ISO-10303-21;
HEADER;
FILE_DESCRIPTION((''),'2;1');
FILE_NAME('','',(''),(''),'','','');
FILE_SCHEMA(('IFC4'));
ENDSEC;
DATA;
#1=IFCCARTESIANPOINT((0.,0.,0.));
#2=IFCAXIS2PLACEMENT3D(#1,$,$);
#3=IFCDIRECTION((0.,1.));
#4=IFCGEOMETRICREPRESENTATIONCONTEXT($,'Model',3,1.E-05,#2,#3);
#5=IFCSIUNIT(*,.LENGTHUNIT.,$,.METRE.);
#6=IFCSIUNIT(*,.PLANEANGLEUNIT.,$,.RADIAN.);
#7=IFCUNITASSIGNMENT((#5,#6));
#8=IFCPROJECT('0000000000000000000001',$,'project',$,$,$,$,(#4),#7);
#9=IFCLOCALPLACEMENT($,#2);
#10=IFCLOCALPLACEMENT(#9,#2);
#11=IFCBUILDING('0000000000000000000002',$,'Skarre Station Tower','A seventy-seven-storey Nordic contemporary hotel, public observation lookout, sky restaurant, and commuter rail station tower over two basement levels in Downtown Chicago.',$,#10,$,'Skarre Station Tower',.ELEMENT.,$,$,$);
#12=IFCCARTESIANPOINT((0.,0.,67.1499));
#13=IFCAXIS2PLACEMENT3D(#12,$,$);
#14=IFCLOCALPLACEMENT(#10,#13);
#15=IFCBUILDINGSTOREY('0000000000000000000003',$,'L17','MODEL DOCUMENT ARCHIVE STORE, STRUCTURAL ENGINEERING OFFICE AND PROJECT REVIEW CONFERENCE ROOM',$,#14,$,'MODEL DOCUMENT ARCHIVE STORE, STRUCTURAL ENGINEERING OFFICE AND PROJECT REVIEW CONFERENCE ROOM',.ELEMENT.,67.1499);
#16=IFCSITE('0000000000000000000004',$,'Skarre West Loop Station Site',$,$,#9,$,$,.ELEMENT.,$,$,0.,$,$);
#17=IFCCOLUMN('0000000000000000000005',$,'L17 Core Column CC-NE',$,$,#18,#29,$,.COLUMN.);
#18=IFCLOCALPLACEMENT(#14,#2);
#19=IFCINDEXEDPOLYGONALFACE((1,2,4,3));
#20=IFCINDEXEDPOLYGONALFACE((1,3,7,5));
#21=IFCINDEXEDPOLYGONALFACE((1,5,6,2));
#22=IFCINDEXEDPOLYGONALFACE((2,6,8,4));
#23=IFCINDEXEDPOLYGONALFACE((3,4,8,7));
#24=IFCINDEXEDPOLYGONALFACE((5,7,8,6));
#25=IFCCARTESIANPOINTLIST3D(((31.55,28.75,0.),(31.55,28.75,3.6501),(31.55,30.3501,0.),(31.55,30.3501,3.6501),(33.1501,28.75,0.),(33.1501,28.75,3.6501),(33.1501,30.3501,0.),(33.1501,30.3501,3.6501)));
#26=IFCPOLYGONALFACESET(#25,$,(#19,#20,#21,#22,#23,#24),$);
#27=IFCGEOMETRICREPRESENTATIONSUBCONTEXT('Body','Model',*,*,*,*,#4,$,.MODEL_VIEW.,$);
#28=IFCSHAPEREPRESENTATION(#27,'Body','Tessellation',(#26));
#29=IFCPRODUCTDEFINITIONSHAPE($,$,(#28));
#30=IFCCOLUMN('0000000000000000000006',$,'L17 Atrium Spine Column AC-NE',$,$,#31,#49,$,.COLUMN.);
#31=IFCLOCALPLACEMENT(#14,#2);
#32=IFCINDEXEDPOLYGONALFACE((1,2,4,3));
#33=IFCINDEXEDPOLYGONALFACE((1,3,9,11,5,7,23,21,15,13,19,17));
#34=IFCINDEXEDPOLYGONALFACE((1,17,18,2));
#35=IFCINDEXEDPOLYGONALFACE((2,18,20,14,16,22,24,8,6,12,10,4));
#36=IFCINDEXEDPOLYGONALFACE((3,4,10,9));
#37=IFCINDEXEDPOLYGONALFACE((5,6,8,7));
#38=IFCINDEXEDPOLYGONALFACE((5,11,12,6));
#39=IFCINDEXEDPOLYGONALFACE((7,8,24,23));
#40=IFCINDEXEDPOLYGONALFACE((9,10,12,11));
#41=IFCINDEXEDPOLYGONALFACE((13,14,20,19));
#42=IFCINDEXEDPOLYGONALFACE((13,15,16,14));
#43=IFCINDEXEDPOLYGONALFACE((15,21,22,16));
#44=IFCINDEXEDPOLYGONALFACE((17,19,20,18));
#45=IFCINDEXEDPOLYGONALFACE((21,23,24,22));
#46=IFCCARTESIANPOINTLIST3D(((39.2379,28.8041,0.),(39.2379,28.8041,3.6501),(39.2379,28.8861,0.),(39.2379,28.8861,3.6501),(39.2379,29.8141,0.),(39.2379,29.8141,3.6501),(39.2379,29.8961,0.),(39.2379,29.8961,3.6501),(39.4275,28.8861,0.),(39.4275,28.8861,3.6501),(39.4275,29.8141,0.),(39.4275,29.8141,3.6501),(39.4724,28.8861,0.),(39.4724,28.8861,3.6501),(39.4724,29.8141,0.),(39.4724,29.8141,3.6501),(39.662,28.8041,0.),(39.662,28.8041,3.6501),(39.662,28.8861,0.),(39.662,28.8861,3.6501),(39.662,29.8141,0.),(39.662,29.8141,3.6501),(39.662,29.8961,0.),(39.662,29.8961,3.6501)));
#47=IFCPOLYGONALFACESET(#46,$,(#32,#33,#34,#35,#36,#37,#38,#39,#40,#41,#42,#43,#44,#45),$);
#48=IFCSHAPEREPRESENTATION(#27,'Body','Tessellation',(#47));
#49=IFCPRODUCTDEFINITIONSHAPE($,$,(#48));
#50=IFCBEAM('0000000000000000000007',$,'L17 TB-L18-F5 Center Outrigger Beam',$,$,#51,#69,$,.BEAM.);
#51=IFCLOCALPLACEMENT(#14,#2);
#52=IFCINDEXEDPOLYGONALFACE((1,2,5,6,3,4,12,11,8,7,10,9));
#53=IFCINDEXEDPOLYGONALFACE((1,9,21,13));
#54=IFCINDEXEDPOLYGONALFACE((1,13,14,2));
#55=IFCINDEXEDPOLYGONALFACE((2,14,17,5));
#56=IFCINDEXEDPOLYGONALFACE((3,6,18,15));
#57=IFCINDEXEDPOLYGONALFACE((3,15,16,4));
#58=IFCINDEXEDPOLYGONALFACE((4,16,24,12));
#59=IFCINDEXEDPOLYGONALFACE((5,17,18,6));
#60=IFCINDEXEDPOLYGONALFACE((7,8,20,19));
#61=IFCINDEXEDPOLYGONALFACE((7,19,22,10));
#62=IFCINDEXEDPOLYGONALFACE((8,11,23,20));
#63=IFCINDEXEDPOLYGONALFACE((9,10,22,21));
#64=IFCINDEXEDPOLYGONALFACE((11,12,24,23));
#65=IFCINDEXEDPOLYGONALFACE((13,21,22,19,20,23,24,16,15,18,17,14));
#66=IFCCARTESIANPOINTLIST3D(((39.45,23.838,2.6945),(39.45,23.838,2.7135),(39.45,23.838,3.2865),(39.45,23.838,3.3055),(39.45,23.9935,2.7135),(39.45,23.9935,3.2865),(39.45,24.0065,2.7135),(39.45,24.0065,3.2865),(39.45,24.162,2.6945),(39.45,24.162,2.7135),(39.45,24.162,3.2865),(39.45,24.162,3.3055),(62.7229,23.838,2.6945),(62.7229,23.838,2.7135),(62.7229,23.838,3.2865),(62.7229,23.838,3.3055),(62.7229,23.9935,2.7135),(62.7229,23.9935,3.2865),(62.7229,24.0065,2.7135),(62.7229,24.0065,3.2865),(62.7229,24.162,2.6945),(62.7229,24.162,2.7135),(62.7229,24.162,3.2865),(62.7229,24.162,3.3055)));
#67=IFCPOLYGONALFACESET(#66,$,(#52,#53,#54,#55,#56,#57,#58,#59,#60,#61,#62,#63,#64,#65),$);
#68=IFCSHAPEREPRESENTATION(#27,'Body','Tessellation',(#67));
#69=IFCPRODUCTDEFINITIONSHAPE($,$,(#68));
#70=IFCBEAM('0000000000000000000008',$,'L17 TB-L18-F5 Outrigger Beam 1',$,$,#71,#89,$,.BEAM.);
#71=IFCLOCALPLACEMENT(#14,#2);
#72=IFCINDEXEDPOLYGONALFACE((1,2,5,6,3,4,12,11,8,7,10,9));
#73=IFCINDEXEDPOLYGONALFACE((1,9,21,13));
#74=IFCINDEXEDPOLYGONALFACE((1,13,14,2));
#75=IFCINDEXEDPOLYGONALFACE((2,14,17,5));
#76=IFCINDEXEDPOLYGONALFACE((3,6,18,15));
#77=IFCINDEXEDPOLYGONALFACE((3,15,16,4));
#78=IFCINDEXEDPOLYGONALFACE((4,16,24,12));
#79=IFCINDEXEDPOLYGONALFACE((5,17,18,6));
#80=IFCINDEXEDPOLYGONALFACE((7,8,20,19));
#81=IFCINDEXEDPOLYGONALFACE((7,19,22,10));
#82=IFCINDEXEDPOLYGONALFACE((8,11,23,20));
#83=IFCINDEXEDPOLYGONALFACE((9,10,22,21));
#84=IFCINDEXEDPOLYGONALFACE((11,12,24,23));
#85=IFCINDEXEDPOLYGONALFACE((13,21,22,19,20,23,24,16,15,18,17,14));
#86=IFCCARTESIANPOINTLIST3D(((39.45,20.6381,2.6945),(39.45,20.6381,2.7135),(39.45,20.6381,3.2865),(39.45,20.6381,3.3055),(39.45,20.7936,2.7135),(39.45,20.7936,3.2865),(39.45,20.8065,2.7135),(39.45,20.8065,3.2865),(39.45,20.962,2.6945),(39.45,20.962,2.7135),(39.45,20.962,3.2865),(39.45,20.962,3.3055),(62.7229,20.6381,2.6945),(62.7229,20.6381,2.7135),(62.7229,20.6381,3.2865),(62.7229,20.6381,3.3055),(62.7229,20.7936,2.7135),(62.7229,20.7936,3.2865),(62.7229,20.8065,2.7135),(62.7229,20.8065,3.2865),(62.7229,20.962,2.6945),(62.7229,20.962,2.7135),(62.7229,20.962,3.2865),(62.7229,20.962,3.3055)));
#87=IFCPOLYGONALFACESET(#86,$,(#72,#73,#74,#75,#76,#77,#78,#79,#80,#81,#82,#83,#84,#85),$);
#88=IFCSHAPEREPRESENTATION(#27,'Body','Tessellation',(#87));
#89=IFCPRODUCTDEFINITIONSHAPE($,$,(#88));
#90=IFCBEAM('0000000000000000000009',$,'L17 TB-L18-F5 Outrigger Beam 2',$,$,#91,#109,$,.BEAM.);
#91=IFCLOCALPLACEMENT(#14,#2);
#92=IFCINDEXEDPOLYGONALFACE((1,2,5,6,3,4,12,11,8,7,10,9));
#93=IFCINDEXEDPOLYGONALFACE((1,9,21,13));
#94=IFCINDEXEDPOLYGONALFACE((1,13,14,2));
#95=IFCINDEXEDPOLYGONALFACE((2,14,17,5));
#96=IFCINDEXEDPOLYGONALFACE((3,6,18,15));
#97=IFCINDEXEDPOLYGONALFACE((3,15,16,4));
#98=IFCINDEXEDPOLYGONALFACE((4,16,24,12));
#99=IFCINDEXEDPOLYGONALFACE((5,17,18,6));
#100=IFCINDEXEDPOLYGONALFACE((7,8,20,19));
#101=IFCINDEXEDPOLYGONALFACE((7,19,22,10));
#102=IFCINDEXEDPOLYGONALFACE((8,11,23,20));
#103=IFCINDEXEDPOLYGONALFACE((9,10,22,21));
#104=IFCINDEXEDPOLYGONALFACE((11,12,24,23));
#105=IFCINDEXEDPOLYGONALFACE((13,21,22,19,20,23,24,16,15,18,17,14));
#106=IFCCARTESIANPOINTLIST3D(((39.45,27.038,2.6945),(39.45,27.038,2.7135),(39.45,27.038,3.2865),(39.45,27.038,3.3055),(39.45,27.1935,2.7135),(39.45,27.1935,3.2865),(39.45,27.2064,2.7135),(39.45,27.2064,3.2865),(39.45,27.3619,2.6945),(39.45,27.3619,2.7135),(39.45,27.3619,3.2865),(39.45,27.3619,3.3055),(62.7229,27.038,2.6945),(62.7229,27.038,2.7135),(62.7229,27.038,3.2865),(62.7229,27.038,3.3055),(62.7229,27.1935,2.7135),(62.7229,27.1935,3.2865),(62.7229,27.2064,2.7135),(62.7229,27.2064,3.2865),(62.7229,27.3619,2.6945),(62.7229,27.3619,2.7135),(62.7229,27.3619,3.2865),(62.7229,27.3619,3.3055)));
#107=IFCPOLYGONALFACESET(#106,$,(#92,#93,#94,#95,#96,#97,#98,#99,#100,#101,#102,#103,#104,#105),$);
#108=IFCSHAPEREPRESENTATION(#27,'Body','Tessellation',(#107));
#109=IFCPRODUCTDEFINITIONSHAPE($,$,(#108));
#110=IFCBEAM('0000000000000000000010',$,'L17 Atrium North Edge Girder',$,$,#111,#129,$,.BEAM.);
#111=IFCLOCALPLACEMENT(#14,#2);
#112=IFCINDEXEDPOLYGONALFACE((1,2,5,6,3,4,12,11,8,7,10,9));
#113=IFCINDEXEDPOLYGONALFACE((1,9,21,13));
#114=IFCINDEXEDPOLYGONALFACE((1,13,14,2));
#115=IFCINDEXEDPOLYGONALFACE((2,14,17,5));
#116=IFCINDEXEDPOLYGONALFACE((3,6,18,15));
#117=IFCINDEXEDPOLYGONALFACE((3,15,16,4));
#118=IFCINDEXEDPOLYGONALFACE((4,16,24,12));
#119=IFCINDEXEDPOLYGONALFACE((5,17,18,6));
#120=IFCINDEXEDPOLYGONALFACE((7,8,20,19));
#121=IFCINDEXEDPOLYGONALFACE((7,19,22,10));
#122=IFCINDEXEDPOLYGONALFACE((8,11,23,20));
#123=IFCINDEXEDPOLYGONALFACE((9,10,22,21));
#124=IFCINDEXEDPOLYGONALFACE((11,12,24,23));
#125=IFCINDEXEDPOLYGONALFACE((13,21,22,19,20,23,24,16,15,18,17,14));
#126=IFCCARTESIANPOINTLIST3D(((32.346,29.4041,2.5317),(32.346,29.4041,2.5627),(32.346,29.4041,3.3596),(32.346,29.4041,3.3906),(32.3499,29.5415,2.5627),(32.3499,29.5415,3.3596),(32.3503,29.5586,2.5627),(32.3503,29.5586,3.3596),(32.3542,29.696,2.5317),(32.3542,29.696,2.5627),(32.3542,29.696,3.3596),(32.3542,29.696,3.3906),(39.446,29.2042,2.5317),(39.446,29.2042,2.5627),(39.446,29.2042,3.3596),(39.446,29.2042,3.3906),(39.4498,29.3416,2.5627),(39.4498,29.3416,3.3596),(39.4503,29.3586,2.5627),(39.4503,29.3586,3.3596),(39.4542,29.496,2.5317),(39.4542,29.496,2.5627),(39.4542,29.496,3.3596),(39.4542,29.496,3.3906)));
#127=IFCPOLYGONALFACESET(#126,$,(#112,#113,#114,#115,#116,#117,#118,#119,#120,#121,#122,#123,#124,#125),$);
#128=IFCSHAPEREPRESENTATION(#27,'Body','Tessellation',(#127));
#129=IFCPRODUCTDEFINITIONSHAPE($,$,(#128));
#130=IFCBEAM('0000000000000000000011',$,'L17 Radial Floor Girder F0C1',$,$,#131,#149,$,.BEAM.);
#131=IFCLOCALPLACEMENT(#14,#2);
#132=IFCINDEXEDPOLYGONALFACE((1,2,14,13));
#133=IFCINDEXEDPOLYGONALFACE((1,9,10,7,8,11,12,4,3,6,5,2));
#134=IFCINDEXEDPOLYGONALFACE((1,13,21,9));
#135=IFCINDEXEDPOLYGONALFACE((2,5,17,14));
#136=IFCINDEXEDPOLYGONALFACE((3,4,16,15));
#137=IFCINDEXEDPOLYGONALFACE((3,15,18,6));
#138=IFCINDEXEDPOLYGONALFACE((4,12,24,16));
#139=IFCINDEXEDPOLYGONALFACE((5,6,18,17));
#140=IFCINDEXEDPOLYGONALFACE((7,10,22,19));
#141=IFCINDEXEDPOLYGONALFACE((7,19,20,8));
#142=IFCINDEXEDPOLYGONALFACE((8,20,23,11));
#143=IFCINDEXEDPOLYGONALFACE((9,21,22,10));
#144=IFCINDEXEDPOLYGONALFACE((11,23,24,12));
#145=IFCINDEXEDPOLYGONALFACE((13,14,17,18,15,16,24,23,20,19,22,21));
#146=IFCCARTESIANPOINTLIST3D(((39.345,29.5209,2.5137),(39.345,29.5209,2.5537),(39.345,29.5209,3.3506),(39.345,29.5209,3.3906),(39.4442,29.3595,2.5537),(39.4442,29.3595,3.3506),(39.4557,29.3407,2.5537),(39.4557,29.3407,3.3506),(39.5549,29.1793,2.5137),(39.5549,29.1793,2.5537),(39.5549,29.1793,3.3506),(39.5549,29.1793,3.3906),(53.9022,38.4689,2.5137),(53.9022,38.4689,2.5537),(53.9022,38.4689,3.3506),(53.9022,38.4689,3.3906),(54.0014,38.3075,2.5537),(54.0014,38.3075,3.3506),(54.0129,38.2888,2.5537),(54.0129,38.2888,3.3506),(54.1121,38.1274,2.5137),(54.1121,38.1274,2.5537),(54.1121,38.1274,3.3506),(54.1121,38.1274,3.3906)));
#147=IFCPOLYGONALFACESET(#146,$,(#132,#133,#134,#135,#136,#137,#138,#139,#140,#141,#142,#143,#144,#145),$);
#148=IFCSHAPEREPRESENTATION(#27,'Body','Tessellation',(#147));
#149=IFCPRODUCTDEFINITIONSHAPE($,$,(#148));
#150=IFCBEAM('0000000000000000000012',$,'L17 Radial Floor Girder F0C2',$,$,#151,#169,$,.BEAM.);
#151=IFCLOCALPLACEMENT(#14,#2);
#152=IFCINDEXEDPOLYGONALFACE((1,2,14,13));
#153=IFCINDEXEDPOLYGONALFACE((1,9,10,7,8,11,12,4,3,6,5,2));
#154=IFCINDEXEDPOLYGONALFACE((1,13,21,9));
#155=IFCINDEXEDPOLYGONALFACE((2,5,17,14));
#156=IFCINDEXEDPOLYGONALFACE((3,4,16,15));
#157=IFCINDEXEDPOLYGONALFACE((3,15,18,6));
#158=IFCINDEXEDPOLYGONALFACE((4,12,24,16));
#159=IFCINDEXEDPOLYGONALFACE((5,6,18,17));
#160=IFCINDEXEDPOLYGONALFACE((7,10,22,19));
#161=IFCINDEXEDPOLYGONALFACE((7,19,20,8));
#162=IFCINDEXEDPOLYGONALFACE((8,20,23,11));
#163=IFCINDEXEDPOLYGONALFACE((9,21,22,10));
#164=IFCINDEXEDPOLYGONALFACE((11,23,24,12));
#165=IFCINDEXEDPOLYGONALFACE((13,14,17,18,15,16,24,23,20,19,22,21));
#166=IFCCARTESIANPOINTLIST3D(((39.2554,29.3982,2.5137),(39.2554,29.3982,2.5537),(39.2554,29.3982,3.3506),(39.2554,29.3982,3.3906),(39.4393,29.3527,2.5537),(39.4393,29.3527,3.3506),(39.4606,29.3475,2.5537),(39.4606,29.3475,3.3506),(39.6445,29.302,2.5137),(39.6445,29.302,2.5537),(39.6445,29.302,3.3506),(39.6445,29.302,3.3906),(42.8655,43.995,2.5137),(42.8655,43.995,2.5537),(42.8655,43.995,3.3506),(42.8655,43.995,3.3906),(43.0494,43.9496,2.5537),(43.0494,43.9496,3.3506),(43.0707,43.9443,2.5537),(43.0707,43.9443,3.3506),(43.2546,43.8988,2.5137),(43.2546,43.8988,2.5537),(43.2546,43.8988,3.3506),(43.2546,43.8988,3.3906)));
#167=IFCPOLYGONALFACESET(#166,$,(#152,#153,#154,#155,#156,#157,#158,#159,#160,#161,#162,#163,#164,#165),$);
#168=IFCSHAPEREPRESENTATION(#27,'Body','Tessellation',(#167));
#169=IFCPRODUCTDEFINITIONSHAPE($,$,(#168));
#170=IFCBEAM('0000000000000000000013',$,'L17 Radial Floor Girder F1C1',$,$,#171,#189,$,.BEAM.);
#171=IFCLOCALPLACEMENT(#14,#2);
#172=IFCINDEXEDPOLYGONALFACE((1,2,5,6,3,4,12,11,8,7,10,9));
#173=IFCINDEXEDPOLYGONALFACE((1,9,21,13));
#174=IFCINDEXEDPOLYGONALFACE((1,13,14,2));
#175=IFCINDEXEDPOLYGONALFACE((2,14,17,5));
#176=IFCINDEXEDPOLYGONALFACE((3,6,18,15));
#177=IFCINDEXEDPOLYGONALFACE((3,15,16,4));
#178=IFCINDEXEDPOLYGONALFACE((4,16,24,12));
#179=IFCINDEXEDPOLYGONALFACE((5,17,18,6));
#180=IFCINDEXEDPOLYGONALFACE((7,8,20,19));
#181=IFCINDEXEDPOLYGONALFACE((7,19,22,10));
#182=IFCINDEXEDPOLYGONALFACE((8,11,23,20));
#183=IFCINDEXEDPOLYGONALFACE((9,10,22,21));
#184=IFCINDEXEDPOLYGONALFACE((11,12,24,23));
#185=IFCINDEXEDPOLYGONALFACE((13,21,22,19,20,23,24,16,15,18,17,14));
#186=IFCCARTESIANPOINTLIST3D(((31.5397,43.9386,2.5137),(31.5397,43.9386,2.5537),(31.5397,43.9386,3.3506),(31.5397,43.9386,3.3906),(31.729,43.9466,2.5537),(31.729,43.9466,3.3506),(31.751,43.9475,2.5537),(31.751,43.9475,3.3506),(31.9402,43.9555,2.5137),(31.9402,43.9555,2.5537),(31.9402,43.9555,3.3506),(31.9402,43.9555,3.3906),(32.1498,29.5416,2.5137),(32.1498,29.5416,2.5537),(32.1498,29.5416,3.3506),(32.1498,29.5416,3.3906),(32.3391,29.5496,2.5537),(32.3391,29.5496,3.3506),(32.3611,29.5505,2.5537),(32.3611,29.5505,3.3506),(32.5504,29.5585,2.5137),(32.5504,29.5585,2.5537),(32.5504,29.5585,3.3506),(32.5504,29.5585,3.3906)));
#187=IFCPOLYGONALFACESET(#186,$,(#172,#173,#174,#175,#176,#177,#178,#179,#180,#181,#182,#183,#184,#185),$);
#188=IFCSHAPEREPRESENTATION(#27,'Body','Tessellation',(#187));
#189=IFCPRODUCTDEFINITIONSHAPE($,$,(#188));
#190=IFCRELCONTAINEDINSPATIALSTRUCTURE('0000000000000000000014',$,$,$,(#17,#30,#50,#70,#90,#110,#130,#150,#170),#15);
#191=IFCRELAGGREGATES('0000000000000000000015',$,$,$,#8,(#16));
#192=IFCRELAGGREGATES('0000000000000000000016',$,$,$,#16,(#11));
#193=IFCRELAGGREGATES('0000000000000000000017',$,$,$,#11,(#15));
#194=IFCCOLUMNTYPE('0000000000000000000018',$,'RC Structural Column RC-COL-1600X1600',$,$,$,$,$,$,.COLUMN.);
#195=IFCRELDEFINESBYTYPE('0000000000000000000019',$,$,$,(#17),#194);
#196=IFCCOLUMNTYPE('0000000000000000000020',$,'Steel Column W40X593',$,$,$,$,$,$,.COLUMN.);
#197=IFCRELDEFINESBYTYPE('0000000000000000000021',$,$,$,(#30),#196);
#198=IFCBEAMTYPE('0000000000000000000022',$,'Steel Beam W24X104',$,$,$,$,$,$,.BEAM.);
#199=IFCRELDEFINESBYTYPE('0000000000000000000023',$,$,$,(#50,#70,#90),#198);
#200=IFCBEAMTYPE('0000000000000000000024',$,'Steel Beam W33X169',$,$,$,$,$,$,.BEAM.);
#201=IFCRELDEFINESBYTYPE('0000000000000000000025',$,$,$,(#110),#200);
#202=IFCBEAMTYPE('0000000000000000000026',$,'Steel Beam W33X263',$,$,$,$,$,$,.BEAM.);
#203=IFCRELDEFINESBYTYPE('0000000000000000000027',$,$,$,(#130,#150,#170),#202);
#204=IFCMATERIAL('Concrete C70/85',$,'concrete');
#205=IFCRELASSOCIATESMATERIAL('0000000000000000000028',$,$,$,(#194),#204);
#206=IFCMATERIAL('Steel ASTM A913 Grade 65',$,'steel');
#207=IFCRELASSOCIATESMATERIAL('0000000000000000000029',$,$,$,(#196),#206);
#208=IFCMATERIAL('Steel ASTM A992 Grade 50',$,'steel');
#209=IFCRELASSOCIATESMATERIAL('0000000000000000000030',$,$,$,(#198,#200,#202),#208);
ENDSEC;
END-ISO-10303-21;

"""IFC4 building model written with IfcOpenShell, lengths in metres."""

from ifc_helpers import new_model, si_unit, direction, frame, origin, origin_2d, place, context, subcontext, project, spatial, rectangle, i_section, extrude, material, material_profile, profile_set, type_object, element, save


model = new_model("IFC4")

# Units and contexts
model_context = context("Model", 3, precision=1e-05, world=origin(), true_north=direction((0.0, 1.0)))
body_context = subcontext(model_context, "Body", "Model", "MODEL_VIEW")
ifc_project = project(units=[si_unit("LENGTHUNIT", "METRE"), si_unit("PLANEANGLEUNIT", "RADIAN")], contexts=[model_context])

# Site, building, storey
site_placement = place(None, origin())
site = spatial("IfcSite", under=ifc_project, at=site_placement, Name="Skarre West Loop Station Site", CompositionType="ELEMENT", RefElevation=0.0)
building_placement = place(site_placement, origin())
building = spatial("IfcBuilding", under=site, at=building_placement, Name="Skarre Station Tower", Description="A seventy-seven-storey Nordic contemporary hotel, public observation lookout, sky restaurant, and commuter rail station tower over two basement levels in Downtown Chicago.", LongName="Skarre Station Tower", CompositionType="ELEMENT")
storey_placement = place(building_placement, frame((0.0, 0.0, 67.1499)))
storey = spatial("IfcBuildingStorey", under=building, at=storey_placement, Name="L17", Description="MODEL DOCUMENT ARCHIVE STORE, STRUCTURAL ENGINEERING OFFICE AND PROJECT REVIEW CONFERENCE ROOM", LongName="MODEL DOCUMENT ARCHIVE STORE, STRUCTURAL ENGINEERING OFFICE AND PROJECT REVIEW CONFERENCE ROOM", CompositionType="ELEMENT", Elevation=67.1499)

# Columns
ifc_material_1 = material(Name="Concrete C70/85", Category="concrete")
ifc_material_profile_1 = material_profile(ifc_material_1, rectangle(XDim=1.6001, YDim=1.6001, at=origin_2d()), Name="Concrete C70/85")
ifc_profile_set_1 = profile_set([ifc_material_profile_1], Name="Concrete C70/85")
column_type_1 = type_object("IfcColumnType", Name="RC Structural Column RC-COL-1600X1600", PredefinedType="COLUMN", material=ifc_profile_set_1)
column_1_placement = place(storey_placement, frame((32.3501, 29.55, 0.0), z_axis=(0.0, 0.0, 1.0), x_axis=(1.0, 0.0, 0.0)))
element("IfcColumn", 1, at=column_1_placement, inside=storey, type_object=column_type_1, Name="L17 Core Column CC-NE", PredefinedType="COLUMN", context=body_context, shape_type="SweptSolid", body=[
    extrude(rectangle(XDim=1.6001, YDim=1.6001, at=origin_2d()), origin(), (0.0, 0.0, 1.0), 3.6501),
])
ifc_material_2 = material(Name="Steel ASTM A913 Grade 65", Category="steel")
ifc_material_profile_2 = material_profile(ifc_material_2, i_section(OverallWidth=0.4241, OverallDepth=1.092, WebThickness=0.0449, FlangeThickness=0.082, at=origin_2d()), Name="Steel ASTM A913 Grade 65")
ifc_profile_set_2 = profile_set([ifc_material_profile_2], Name="Steel ASTM A913 Grade 65")
column_type_2 = type_object("IfcColumnType", Name="Steel Column W40X593", PredefinedType="COLUMN", material=ifc_profile_set_2)
column_2_placement = place(storey_placement, frame((39.45, 29.3501, 0.0), z_axis=(0.0, 0.0, 1.0), x_axis=(1.0, 0.0, 0.0)))
element("IfcColumn", 2, at=column_2_placement, inside=storey, type_object=column_type_2, Name="L17 Atrium Spine Column AC-NE", PredefinedType="COLUMN", context=body_context, shape_type="SweptSolid", body=[
    extrude(i_section(OverallWidth=0.4241, OverallDepth=1.092, WebThickness=0.0449, FlangeThickness=0.082, at=origin_2d()), origin(), (0.0, 0.0, 1.0), 3.6501),
])

# Beams
ifc_material_3 = material(Name="Steel ASTM A992 Grade 50", Category="steel")
ifc_material_profile_3 = material_profile(ifc_material_3, i_section(OverallWidth=0.324, OverallDepth=0.6111, WebThickness=0.0129, FlangeThickness=0.019, at=origin_2d()), Name="Steel ASTM A992 Grade 50")
ifc_profile_set_3 = profile_set([ifc_material_profile_3], Name="Steel ASTM A992 Grade 50")
beam_type_1 = type_object("IfcBeamType", Name="Steel Beam W24X104", PredefinedType="BEAM", material=ifc_profile_set_3)
for number, where, z_axis, x_axis, name in (
    (3, (39.45, 24.0, 3.0), (1.0, 0.0, 0.0), (0.0, 1.0, 0.0), "L17 TB-L18-F5 Center Outrigger Beam"),
    (4, (39.45, 20.8, 3.0), (1.0, 0.0, 0.0), (0.0, 1.0, 0.0), "L17 TB-L18-F5 Outrigger Beam 1"),
    (5, (39.45, 27.2, 3.0), (1.0, 0.0, 0.0), (0.0, 1.0, 0.0), "L17 TB-L18-F5 Outrigger Beam 2"),
):
    element("IfcBeam", number, at=place(storey_placement, frame(where, z_axis=z_axis, x_axis=x_axis)), inside=storey, type_object=beam_type_1, Name=name, PredefinedType="BEAM", context=body_context, shape_type="SweptSolid", body=[
        extrude(i_section(OverallWidth=0.324, OverallDepth=0.6111, WebThickness=0.0129, FlangeThickness=0.019, at=origin_2d()), origin(), (0.0, 0.0, 1.0), 23.2729),
    ])
ifc_material_profile_4 = material_profile(ifc_material_3, i_section(OverallWidth=0.292, OverallDepth=0.8589, WebThickness=0.0171, FlangeThickness=0.031, at=origin_2d()), Name="Steel ASTM A992 Grade 50")
ifc_profile_set_4 = profile_set([ifc_material_profile_4], Name="Steel ASTM A992 Grade 50")
beam_type_2 = type_object("IfcBeamType", Name="Steel Beam W33X169", PredefinedType="BEAM", material=ifc_profile_set_4)
beam_1_placement = place(storey_placement, frame((32.3501, 29.55, 2.9612), z_axis=(0.999604, -0.028152, 0.0), x_axis=(0.028152, 0.999604, 0.0)))
element("IfcBeam", 6, at=beam_1_placement, inside=storey, type_object=beam_type_2, Name="L17 Atrium North Edge Girder", PredefinedType="BEAM", context=body_context, shape_type="SweptSolid", body=[
    extrude(i_section(OverallWidth=0.292, OverallDepth=0.8589, WebThickness=0.0171, FlangeThickness=0.031, at=origin_2d()), origin(), (0.0, 0.0, 1.0), 7.1028),
])
ifc_material_profile_5 = material_profile(ifc_material_3, i_section(OverallWidth=0.4009, OverallDepth=0.877, WebThickness=0.022, FlangeThickness=0.04, at=origin_2d()), Name="Steel ASTM A992 Grade 50")
ifc_profile_set_5 = profile_set([ifc_material_profile_5], Name="Steel ASTM A992 Grade 50")
beam_type_3 = type_object("IfcBeamType", Name="Steel Beam W33X263", PredefinedType="BEAM", material=ifc_profile_set_5)
beam_2_placement = place(storey_placement, frame((39.45, 29.3501, 2.9521), z_axis=(0.851926, 0.523663, 0.0), x_axis=(-0.523663, 0.851926, 0.0)))
element("IfcBeam", 7, at=beam_2_placement, inside=storey, type_object=beam_type_3, Name="L17 Radial Floor Girder F0C1", PredefinedType="BEAM", context=body_context, shape_type="SweptSolid", body=[
    extrude(i_section(OverallWidth=0.4009, OverallDepth=0.877, WebThickness=0.022, FlangeThickness=0.04, at=origin_2d()), origin(), (0.0, 0.0, 1.0), 17.0874),
])
beam_3_placement = place(storey_placement, frame((39.45, 29.3501, 2.9521), z_axis=(0.240086, 0.970752, 0.0), x_axis=(-0.970752, 0.240086, 0.0)))
element("IfcBeam", 8, at=beam_3_placement, inside=storey, type_object=beam_type_3, Name="L17 Radial Floor Girder F0C2", PredefinedType="BEAM", context=body_context, shape_type="SweptSolid", body=[
    extrude(i_section(OverallWidth=0.4009, OverallDepth=0.877, WebThickness=0.022, FlangeThickness=0.04, at=origin_2d()), origin(), (0.0, 0.0, 1.0), 15.0366),
])
beam_4_placement = place(storey_placement, frame((32.3501, 29.55, 2.9521), z_axis=(-0.042339, 0.999103, 0.0), x_axis=(-0.999103, -0.042339, 0.0)))
element("IfcBeam", 9, at=beam_4_placement, inside=storey, type_object=beam_type_3, Name="L17 Radial Floor Girder F1C1", PredefinedType="BEAM", context=body_context, shape_type="SweptSolid", body=[
    extrude(i_section(OverallWidth=0.4009, OverallDepth=0.877, WebThickness=0.022, FlangeThickness=0.04, at=origin_2d()), origin(), (0.0, 0.0, 1.0), 14.4099),
])

save(model, "model.ifc")
